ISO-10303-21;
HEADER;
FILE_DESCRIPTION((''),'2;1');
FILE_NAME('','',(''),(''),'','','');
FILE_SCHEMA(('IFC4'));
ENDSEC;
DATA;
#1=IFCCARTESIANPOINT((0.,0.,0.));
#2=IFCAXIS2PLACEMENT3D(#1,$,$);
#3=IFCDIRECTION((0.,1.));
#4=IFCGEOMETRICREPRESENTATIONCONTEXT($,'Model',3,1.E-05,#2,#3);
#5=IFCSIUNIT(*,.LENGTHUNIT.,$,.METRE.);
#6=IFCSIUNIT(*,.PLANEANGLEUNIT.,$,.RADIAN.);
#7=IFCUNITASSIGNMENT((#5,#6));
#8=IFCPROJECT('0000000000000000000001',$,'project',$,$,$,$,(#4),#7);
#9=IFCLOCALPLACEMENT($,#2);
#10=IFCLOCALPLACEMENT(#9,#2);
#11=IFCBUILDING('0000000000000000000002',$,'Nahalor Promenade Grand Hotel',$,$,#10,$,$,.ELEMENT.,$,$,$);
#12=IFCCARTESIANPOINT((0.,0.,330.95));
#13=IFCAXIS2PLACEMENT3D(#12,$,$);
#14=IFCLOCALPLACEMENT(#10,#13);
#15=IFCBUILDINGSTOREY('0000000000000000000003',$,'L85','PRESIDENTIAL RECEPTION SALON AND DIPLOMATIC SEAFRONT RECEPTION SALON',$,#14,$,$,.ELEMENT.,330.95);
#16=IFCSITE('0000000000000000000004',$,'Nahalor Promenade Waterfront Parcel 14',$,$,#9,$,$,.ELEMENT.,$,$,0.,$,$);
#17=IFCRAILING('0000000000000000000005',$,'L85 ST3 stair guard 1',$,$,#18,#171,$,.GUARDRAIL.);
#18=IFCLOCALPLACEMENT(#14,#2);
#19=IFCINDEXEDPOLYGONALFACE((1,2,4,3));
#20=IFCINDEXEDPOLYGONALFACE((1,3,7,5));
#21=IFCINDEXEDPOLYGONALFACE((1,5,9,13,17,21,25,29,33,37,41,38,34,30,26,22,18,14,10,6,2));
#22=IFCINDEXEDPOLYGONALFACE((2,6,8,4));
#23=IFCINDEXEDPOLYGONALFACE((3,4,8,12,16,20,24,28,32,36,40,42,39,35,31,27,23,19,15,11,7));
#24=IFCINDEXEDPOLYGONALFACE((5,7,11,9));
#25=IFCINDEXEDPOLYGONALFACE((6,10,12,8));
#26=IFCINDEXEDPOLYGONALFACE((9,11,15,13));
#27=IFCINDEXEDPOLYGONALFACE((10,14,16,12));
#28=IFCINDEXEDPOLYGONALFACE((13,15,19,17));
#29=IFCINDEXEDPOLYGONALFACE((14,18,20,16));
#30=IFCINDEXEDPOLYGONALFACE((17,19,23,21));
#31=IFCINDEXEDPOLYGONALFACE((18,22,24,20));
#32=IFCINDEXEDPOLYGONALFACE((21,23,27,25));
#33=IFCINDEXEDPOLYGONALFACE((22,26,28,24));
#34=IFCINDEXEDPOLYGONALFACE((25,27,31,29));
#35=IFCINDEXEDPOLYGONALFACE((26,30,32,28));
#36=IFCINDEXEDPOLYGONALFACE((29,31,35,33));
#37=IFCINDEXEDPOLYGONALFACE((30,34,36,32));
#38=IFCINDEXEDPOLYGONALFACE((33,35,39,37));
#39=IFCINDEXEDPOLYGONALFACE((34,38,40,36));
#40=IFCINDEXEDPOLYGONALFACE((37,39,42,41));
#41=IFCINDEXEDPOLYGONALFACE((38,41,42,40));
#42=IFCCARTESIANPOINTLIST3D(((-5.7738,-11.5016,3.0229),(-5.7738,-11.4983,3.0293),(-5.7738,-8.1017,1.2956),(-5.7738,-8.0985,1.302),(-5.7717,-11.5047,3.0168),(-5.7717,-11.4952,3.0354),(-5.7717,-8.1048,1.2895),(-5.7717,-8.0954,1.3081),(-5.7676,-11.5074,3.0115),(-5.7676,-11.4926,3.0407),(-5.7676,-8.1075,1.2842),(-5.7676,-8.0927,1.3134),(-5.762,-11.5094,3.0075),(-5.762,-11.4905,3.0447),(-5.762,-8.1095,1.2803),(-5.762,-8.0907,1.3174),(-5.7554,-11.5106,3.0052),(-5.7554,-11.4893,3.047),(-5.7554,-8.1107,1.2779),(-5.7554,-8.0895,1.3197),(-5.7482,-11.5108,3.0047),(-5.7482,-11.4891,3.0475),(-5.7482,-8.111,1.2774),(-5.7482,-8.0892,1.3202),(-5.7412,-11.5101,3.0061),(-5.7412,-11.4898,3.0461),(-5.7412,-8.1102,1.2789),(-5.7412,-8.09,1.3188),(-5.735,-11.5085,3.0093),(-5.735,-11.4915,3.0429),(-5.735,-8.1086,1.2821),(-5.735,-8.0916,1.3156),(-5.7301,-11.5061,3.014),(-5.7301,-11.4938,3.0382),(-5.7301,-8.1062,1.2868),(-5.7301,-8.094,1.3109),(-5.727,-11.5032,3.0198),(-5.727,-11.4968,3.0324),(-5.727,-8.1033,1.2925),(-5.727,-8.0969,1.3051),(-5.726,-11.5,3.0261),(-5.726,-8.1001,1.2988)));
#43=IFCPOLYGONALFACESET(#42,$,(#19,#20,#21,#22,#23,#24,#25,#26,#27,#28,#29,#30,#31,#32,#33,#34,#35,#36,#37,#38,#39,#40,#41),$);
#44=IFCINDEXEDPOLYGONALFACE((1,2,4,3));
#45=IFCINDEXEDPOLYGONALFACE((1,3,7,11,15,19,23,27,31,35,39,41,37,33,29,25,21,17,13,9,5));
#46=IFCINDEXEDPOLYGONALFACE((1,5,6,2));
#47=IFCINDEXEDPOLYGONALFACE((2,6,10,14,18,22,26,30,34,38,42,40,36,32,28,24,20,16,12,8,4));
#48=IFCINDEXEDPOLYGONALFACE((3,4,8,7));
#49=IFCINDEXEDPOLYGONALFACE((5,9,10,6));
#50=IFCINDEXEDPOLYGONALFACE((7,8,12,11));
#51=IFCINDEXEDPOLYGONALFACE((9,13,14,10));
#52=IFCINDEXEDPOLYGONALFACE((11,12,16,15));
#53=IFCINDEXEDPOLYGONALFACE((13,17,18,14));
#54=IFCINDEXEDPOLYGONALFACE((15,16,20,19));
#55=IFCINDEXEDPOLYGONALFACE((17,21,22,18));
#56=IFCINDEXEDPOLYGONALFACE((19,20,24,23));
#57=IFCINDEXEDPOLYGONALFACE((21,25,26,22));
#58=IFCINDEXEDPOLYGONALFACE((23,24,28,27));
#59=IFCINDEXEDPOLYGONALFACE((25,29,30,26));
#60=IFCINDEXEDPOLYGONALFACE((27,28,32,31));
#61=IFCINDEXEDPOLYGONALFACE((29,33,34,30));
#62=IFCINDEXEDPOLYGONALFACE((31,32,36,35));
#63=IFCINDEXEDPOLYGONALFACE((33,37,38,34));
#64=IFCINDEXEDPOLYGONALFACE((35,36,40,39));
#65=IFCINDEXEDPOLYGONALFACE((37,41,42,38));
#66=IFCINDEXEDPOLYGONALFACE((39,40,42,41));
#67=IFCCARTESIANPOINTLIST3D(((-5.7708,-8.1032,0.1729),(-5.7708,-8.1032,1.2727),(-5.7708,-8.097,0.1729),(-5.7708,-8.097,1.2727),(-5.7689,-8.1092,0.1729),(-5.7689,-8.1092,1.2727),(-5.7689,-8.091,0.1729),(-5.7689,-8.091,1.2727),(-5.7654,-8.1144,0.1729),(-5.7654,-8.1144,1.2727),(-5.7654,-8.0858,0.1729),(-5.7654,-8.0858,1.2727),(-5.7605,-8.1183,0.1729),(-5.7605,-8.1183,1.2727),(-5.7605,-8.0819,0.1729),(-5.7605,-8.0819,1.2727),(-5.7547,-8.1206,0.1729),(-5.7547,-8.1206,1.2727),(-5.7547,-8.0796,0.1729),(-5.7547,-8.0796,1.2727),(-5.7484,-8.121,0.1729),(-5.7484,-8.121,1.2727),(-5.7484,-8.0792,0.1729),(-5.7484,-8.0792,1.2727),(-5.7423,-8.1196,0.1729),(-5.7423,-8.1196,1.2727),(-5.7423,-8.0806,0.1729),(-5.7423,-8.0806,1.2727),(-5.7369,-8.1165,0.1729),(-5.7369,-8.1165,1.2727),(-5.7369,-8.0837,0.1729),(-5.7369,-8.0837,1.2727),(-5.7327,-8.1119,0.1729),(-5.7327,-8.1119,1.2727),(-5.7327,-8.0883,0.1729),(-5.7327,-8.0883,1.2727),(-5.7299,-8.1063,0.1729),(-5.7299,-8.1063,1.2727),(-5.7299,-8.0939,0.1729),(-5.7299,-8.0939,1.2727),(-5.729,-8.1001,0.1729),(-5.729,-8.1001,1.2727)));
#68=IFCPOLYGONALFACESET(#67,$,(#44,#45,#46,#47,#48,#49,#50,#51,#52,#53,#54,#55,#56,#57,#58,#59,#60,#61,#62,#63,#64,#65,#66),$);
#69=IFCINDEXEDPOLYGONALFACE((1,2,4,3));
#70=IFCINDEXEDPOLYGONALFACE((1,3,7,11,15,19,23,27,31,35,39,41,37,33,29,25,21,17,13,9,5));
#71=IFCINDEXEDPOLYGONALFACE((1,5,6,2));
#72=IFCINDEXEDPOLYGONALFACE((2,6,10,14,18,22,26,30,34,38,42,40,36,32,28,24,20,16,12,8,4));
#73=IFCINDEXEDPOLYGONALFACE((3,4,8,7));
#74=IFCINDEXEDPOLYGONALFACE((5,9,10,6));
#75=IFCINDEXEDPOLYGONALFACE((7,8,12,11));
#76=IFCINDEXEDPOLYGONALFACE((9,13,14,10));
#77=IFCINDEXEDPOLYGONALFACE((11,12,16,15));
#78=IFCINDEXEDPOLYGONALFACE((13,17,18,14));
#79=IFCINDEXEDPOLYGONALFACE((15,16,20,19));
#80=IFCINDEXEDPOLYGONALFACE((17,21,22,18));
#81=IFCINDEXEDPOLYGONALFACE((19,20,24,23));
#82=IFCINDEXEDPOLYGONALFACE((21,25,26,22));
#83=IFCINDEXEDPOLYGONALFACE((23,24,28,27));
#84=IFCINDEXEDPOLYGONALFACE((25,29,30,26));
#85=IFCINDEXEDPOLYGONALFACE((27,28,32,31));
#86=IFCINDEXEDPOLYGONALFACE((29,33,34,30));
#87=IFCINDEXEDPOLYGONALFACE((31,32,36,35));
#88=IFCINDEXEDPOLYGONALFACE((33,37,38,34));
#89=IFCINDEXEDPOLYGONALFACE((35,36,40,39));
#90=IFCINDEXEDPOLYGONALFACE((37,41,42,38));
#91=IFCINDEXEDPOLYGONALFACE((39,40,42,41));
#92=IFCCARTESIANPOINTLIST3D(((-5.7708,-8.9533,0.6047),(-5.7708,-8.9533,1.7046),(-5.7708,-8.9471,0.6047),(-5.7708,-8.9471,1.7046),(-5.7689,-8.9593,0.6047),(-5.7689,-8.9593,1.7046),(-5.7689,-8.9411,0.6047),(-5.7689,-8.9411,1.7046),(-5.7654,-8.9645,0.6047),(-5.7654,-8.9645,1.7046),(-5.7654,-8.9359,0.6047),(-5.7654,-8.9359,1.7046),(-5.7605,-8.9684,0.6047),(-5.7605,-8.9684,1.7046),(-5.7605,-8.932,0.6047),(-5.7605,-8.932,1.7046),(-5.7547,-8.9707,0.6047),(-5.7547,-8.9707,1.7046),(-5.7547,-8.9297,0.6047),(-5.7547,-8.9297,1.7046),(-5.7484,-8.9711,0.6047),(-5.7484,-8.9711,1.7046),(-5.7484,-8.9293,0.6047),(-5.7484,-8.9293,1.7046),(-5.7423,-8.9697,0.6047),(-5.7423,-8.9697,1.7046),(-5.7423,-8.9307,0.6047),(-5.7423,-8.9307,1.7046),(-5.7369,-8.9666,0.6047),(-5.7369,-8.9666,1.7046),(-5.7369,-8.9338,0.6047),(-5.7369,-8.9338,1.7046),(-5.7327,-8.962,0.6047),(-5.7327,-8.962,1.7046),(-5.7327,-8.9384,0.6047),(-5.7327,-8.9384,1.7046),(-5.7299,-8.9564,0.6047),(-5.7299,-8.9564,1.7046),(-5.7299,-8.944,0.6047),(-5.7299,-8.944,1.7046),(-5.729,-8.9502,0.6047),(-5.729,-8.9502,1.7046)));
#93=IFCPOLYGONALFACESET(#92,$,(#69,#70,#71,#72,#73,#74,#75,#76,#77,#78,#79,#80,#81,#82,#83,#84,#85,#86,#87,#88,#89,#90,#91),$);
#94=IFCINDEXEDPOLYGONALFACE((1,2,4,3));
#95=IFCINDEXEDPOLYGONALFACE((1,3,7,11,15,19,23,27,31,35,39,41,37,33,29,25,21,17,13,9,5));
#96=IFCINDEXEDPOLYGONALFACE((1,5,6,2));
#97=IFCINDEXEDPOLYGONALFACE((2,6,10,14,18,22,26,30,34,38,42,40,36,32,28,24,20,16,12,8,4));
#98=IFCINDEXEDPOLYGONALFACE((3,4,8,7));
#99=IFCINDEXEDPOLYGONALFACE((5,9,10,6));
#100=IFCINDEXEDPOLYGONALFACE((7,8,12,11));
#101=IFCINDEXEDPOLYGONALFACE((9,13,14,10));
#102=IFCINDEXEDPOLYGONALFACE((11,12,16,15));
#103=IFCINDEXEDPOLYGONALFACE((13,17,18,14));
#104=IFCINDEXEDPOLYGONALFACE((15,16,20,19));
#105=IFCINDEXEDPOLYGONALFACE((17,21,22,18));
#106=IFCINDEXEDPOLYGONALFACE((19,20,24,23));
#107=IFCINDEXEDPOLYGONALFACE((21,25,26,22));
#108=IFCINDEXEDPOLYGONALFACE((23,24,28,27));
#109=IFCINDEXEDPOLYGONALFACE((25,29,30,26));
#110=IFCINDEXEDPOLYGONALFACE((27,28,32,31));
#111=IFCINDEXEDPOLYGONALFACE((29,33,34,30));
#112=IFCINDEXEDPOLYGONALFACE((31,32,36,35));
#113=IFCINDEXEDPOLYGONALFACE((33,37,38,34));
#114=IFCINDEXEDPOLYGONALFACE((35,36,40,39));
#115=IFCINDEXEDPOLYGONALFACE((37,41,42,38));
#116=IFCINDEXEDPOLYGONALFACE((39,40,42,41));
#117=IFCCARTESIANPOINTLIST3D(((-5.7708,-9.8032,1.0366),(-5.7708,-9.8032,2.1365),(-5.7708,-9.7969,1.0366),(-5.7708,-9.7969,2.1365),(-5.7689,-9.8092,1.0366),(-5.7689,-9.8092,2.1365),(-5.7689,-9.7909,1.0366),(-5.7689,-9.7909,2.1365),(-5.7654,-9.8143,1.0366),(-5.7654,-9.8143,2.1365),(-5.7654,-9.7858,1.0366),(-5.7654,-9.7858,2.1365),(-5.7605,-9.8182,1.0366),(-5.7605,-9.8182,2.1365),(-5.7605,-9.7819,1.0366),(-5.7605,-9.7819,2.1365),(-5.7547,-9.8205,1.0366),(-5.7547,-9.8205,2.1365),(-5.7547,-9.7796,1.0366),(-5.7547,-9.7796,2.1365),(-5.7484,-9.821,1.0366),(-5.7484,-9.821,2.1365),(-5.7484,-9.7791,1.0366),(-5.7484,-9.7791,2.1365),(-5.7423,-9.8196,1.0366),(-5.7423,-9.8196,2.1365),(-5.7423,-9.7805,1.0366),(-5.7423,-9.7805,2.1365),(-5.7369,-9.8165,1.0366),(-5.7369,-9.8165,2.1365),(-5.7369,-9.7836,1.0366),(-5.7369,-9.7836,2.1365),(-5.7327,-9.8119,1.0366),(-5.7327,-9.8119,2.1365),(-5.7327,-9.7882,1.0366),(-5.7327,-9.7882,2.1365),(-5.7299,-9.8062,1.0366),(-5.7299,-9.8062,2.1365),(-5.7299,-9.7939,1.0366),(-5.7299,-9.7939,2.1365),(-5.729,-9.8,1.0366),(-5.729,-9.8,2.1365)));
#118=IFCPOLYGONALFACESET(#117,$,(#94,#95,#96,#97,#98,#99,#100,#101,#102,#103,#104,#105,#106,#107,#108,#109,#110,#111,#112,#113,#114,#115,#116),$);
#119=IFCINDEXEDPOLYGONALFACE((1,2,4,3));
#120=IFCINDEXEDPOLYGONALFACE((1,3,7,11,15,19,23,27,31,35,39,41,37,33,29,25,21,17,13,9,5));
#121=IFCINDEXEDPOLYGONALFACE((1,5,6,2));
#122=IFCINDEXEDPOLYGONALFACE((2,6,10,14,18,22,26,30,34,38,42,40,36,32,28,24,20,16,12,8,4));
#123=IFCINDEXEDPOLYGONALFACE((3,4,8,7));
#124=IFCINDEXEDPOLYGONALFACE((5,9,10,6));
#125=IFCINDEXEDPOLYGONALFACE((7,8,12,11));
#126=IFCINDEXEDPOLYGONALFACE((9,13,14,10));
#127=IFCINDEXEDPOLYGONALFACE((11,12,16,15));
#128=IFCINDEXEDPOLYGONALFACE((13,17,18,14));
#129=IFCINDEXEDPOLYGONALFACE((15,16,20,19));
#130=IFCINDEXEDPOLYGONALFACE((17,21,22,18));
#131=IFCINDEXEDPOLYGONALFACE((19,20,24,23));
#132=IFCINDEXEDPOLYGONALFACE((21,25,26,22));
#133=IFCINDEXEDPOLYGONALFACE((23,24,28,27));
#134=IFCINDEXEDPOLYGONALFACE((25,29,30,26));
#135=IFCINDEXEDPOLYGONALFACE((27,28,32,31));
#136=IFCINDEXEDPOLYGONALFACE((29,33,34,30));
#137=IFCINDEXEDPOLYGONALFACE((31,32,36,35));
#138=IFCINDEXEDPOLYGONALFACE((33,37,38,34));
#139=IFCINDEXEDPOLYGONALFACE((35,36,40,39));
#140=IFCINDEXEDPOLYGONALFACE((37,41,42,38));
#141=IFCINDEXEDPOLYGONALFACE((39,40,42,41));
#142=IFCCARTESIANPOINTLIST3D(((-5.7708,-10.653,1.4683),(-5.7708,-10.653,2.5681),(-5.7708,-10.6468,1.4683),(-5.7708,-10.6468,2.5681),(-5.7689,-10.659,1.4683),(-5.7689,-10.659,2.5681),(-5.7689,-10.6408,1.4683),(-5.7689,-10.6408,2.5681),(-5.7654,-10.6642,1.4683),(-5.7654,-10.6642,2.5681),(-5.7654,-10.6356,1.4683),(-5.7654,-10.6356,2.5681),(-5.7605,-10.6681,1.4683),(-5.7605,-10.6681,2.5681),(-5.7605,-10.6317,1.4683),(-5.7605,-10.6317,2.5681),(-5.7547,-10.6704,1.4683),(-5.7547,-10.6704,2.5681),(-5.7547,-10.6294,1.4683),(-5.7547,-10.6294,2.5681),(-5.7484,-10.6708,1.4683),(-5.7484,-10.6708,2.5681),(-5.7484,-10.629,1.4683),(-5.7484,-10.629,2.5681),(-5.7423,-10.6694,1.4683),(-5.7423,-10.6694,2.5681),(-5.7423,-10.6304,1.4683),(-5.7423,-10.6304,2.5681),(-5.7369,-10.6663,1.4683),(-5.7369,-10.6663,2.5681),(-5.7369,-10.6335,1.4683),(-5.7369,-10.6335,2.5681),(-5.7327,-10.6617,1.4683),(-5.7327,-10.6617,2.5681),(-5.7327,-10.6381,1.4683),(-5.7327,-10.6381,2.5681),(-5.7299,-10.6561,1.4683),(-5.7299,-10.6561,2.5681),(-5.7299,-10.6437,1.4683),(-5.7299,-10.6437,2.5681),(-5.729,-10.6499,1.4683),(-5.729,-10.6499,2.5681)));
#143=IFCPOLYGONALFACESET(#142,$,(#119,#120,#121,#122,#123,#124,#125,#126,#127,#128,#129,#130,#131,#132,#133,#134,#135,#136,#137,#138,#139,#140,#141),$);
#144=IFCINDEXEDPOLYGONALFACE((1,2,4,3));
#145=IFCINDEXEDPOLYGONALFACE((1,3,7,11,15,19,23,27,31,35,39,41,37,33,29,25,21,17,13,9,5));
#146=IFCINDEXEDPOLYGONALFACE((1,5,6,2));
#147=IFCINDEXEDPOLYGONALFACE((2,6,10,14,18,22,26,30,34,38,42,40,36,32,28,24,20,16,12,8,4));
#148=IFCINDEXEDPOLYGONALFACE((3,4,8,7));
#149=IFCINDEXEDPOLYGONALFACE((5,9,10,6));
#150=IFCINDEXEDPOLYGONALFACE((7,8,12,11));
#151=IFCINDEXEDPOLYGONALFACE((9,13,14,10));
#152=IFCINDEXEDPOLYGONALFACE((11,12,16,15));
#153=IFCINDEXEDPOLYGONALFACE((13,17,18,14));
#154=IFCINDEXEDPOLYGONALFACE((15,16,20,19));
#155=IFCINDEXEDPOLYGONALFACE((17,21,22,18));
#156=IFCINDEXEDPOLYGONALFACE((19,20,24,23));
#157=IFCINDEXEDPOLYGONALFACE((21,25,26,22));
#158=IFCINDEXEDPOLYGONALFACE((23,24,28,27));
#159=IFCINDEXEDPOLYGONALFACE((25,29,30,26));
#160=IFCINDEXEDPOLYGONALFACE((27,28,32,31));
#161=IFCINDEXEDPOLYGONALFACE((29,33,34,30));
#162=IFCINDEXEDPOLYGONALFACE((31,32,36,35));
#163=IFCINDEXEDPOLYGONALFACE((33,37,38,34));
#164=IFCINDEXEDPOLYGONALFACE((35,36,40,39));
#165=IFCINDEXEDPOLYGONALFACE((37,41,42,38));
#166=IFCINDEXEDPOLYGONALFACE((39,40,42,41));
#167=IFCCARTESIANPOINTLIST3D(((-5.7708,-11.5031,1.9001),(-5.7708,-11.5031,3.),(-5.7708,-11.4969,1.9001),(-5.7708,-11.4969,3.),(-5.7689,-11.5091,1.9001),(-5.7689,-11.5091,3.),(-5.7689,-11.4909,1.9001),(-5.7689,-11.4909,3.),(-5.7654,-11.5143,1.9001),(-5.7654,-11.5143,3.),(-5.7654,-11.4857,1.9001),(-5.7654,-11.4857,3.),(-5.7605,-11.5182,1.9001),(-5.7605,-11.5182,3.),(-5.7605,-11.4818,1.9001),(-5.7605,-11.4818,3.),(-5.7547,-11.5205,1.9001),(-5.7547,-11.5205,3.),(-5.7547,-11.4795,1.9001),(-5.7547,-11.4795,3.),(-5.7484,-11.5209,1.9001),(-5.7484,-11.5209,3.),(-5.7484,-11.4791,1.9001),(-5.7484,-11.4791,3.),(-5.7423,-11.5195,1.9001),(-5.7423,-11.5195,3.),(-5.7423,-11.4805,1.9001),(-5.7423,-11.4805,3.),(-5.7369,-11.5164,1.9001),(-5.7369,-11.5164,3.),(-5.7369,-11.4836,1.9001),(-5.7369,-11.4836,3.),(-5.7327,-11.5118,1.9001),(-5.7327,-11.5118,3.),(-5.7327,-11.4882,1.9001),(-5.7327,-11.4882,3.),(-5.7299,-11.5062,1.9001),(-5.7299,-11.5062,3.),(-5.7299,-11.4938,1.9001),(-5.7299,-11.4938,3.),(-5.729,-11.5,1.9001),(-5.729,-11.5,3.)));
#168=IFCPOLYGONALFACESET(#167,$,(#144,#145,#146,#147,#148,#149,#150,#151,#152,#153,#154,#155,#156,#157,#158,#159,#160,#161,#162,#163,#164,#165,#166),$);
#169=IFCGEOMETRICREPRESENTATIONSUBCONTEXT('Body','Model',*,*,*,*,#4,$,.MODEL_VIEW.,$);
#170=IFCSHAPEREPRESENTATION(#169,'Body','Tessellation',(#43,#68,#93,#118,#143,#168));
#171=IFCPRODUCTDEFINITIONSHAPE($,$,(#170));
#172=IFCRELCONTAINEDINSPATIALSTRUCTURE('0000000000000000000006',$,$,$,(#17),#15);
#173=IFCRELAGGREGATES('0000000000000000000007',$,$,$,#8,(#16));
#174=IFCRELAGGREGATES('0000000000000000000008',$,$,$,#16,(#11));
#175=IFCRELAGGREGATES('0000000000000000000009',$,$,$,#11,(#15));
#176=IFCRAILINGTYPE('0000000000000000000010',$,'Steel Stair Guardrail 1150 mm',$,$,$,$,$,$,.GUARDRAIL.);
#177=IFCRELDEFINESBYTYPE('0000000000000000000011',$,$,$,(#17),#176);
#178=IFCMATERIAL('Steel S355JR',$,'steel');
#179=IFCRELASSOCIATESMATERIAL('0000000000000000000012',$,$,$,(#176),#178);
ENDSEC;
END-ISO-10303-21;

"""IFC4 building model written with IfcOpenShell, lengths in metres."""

from ifc_helpers import new_model, si_unit, direction, frame, origin, origin_2d, place, context, subcontext, project, spatial, circle, extrude, material, type_object, element, save


model = new_model("IFC4")

# Units and contexts
model_context = context("Model", 3, precision=1e-05, world=origin(), true_north=direction((0.0, 1.0)))
body_context = subcontext(model_context, "Body", "Model", "MODEL_VIEW")
ifc_project = project(units=[si_unit("LENGTHUNIT", "METRE"), si_unit("PLANEANGLEUNIT", "RADIAN")], contexts=[model_context])

# Site, building, storey
site_placement = place(None, origin())
site = spatial("IfcSite", under=ifc_project, at=site_placement, Name="Nahalor Promenade Waterfront Parcel 14", CompositionType="ELEMENT", RefElevation=0.0)
building_placement = place(site_placement, origin())
building = spatial("IfcBuilding", under=site, at=building_placement, Name="Nahalor Promenade Grand Hotel", CompositionType="ELEMENT")
storey_placement = place(building_placement, frame((0.0, 0.0, 330.95)))
storey = spatial("IfcBuildingStorey", under=building, at=storey_placement, Name="L85", Description="PRESIDENTIAL RECEPTION SALON AND DIPLOMATIC SEAFRONT RECEPTION SALON", CompositionType="ELEMENT", Elevation=330.95)

# Shared definitions
ifc_material_1 = material(Name="Steel S355JR", Category="steel")

# Railing
railing_type_1 = type_object("IfcRailingType", Name="Steel Stair Guardrail 1150 mm", PredefinedType="GUARDRAIL", material=ifc_material_1)
railing_1_placement = place(storey_placement, frame((-5.75, -8.1001, 0.1729)))
element("IfcRailing", 1, at=railing_1_placement, inside=storey, type_object=railing_type_1, Name="L85 ST3 stair guard 1", PredefinedType="GUARDRAIL", context=body_context, shape_type="SweptSolid", body=[
    extrude(circle(Radius=0.024, at=origin_2d()), frame((0.0, 0.0, 1.126), z_axis=(0.0, -0.891541, 0.452941), x_axis=(1.0, 0.0, 0.0)), (0.0, 0.0, 1.0), 3.8135),
    extrude(circle(Radius=0.021, at=origin_2d()), origin(), (0.0, 0.0, 1.0), 1.0999),
    extrude(circle(Radius=0.021, at=origin_2d()), frame((0.0, -0.8501, 0.4319)), (0.0, 0.0, 1.0), 1.0999),
    extrude(circle(Radius=0.021, at=origin_2d()), frame((0.0, -1.7, 0.8638)), (0.0, 0.0, 1.0), 1.0999),
    extrude(circle(Radius=0.021, at=origin_2d()), frame((0.0, -2.5498, 1.2954)), (0.0, 0.0, 1.0), 1.0999),
    extrude(circle(Radius=0.021, at=origin_2d()), frame((0.0, -3.3999, 1.7273)), (0.0, 0.0, 1.0), 1.0999),
])

save(model, "model.ifc")
